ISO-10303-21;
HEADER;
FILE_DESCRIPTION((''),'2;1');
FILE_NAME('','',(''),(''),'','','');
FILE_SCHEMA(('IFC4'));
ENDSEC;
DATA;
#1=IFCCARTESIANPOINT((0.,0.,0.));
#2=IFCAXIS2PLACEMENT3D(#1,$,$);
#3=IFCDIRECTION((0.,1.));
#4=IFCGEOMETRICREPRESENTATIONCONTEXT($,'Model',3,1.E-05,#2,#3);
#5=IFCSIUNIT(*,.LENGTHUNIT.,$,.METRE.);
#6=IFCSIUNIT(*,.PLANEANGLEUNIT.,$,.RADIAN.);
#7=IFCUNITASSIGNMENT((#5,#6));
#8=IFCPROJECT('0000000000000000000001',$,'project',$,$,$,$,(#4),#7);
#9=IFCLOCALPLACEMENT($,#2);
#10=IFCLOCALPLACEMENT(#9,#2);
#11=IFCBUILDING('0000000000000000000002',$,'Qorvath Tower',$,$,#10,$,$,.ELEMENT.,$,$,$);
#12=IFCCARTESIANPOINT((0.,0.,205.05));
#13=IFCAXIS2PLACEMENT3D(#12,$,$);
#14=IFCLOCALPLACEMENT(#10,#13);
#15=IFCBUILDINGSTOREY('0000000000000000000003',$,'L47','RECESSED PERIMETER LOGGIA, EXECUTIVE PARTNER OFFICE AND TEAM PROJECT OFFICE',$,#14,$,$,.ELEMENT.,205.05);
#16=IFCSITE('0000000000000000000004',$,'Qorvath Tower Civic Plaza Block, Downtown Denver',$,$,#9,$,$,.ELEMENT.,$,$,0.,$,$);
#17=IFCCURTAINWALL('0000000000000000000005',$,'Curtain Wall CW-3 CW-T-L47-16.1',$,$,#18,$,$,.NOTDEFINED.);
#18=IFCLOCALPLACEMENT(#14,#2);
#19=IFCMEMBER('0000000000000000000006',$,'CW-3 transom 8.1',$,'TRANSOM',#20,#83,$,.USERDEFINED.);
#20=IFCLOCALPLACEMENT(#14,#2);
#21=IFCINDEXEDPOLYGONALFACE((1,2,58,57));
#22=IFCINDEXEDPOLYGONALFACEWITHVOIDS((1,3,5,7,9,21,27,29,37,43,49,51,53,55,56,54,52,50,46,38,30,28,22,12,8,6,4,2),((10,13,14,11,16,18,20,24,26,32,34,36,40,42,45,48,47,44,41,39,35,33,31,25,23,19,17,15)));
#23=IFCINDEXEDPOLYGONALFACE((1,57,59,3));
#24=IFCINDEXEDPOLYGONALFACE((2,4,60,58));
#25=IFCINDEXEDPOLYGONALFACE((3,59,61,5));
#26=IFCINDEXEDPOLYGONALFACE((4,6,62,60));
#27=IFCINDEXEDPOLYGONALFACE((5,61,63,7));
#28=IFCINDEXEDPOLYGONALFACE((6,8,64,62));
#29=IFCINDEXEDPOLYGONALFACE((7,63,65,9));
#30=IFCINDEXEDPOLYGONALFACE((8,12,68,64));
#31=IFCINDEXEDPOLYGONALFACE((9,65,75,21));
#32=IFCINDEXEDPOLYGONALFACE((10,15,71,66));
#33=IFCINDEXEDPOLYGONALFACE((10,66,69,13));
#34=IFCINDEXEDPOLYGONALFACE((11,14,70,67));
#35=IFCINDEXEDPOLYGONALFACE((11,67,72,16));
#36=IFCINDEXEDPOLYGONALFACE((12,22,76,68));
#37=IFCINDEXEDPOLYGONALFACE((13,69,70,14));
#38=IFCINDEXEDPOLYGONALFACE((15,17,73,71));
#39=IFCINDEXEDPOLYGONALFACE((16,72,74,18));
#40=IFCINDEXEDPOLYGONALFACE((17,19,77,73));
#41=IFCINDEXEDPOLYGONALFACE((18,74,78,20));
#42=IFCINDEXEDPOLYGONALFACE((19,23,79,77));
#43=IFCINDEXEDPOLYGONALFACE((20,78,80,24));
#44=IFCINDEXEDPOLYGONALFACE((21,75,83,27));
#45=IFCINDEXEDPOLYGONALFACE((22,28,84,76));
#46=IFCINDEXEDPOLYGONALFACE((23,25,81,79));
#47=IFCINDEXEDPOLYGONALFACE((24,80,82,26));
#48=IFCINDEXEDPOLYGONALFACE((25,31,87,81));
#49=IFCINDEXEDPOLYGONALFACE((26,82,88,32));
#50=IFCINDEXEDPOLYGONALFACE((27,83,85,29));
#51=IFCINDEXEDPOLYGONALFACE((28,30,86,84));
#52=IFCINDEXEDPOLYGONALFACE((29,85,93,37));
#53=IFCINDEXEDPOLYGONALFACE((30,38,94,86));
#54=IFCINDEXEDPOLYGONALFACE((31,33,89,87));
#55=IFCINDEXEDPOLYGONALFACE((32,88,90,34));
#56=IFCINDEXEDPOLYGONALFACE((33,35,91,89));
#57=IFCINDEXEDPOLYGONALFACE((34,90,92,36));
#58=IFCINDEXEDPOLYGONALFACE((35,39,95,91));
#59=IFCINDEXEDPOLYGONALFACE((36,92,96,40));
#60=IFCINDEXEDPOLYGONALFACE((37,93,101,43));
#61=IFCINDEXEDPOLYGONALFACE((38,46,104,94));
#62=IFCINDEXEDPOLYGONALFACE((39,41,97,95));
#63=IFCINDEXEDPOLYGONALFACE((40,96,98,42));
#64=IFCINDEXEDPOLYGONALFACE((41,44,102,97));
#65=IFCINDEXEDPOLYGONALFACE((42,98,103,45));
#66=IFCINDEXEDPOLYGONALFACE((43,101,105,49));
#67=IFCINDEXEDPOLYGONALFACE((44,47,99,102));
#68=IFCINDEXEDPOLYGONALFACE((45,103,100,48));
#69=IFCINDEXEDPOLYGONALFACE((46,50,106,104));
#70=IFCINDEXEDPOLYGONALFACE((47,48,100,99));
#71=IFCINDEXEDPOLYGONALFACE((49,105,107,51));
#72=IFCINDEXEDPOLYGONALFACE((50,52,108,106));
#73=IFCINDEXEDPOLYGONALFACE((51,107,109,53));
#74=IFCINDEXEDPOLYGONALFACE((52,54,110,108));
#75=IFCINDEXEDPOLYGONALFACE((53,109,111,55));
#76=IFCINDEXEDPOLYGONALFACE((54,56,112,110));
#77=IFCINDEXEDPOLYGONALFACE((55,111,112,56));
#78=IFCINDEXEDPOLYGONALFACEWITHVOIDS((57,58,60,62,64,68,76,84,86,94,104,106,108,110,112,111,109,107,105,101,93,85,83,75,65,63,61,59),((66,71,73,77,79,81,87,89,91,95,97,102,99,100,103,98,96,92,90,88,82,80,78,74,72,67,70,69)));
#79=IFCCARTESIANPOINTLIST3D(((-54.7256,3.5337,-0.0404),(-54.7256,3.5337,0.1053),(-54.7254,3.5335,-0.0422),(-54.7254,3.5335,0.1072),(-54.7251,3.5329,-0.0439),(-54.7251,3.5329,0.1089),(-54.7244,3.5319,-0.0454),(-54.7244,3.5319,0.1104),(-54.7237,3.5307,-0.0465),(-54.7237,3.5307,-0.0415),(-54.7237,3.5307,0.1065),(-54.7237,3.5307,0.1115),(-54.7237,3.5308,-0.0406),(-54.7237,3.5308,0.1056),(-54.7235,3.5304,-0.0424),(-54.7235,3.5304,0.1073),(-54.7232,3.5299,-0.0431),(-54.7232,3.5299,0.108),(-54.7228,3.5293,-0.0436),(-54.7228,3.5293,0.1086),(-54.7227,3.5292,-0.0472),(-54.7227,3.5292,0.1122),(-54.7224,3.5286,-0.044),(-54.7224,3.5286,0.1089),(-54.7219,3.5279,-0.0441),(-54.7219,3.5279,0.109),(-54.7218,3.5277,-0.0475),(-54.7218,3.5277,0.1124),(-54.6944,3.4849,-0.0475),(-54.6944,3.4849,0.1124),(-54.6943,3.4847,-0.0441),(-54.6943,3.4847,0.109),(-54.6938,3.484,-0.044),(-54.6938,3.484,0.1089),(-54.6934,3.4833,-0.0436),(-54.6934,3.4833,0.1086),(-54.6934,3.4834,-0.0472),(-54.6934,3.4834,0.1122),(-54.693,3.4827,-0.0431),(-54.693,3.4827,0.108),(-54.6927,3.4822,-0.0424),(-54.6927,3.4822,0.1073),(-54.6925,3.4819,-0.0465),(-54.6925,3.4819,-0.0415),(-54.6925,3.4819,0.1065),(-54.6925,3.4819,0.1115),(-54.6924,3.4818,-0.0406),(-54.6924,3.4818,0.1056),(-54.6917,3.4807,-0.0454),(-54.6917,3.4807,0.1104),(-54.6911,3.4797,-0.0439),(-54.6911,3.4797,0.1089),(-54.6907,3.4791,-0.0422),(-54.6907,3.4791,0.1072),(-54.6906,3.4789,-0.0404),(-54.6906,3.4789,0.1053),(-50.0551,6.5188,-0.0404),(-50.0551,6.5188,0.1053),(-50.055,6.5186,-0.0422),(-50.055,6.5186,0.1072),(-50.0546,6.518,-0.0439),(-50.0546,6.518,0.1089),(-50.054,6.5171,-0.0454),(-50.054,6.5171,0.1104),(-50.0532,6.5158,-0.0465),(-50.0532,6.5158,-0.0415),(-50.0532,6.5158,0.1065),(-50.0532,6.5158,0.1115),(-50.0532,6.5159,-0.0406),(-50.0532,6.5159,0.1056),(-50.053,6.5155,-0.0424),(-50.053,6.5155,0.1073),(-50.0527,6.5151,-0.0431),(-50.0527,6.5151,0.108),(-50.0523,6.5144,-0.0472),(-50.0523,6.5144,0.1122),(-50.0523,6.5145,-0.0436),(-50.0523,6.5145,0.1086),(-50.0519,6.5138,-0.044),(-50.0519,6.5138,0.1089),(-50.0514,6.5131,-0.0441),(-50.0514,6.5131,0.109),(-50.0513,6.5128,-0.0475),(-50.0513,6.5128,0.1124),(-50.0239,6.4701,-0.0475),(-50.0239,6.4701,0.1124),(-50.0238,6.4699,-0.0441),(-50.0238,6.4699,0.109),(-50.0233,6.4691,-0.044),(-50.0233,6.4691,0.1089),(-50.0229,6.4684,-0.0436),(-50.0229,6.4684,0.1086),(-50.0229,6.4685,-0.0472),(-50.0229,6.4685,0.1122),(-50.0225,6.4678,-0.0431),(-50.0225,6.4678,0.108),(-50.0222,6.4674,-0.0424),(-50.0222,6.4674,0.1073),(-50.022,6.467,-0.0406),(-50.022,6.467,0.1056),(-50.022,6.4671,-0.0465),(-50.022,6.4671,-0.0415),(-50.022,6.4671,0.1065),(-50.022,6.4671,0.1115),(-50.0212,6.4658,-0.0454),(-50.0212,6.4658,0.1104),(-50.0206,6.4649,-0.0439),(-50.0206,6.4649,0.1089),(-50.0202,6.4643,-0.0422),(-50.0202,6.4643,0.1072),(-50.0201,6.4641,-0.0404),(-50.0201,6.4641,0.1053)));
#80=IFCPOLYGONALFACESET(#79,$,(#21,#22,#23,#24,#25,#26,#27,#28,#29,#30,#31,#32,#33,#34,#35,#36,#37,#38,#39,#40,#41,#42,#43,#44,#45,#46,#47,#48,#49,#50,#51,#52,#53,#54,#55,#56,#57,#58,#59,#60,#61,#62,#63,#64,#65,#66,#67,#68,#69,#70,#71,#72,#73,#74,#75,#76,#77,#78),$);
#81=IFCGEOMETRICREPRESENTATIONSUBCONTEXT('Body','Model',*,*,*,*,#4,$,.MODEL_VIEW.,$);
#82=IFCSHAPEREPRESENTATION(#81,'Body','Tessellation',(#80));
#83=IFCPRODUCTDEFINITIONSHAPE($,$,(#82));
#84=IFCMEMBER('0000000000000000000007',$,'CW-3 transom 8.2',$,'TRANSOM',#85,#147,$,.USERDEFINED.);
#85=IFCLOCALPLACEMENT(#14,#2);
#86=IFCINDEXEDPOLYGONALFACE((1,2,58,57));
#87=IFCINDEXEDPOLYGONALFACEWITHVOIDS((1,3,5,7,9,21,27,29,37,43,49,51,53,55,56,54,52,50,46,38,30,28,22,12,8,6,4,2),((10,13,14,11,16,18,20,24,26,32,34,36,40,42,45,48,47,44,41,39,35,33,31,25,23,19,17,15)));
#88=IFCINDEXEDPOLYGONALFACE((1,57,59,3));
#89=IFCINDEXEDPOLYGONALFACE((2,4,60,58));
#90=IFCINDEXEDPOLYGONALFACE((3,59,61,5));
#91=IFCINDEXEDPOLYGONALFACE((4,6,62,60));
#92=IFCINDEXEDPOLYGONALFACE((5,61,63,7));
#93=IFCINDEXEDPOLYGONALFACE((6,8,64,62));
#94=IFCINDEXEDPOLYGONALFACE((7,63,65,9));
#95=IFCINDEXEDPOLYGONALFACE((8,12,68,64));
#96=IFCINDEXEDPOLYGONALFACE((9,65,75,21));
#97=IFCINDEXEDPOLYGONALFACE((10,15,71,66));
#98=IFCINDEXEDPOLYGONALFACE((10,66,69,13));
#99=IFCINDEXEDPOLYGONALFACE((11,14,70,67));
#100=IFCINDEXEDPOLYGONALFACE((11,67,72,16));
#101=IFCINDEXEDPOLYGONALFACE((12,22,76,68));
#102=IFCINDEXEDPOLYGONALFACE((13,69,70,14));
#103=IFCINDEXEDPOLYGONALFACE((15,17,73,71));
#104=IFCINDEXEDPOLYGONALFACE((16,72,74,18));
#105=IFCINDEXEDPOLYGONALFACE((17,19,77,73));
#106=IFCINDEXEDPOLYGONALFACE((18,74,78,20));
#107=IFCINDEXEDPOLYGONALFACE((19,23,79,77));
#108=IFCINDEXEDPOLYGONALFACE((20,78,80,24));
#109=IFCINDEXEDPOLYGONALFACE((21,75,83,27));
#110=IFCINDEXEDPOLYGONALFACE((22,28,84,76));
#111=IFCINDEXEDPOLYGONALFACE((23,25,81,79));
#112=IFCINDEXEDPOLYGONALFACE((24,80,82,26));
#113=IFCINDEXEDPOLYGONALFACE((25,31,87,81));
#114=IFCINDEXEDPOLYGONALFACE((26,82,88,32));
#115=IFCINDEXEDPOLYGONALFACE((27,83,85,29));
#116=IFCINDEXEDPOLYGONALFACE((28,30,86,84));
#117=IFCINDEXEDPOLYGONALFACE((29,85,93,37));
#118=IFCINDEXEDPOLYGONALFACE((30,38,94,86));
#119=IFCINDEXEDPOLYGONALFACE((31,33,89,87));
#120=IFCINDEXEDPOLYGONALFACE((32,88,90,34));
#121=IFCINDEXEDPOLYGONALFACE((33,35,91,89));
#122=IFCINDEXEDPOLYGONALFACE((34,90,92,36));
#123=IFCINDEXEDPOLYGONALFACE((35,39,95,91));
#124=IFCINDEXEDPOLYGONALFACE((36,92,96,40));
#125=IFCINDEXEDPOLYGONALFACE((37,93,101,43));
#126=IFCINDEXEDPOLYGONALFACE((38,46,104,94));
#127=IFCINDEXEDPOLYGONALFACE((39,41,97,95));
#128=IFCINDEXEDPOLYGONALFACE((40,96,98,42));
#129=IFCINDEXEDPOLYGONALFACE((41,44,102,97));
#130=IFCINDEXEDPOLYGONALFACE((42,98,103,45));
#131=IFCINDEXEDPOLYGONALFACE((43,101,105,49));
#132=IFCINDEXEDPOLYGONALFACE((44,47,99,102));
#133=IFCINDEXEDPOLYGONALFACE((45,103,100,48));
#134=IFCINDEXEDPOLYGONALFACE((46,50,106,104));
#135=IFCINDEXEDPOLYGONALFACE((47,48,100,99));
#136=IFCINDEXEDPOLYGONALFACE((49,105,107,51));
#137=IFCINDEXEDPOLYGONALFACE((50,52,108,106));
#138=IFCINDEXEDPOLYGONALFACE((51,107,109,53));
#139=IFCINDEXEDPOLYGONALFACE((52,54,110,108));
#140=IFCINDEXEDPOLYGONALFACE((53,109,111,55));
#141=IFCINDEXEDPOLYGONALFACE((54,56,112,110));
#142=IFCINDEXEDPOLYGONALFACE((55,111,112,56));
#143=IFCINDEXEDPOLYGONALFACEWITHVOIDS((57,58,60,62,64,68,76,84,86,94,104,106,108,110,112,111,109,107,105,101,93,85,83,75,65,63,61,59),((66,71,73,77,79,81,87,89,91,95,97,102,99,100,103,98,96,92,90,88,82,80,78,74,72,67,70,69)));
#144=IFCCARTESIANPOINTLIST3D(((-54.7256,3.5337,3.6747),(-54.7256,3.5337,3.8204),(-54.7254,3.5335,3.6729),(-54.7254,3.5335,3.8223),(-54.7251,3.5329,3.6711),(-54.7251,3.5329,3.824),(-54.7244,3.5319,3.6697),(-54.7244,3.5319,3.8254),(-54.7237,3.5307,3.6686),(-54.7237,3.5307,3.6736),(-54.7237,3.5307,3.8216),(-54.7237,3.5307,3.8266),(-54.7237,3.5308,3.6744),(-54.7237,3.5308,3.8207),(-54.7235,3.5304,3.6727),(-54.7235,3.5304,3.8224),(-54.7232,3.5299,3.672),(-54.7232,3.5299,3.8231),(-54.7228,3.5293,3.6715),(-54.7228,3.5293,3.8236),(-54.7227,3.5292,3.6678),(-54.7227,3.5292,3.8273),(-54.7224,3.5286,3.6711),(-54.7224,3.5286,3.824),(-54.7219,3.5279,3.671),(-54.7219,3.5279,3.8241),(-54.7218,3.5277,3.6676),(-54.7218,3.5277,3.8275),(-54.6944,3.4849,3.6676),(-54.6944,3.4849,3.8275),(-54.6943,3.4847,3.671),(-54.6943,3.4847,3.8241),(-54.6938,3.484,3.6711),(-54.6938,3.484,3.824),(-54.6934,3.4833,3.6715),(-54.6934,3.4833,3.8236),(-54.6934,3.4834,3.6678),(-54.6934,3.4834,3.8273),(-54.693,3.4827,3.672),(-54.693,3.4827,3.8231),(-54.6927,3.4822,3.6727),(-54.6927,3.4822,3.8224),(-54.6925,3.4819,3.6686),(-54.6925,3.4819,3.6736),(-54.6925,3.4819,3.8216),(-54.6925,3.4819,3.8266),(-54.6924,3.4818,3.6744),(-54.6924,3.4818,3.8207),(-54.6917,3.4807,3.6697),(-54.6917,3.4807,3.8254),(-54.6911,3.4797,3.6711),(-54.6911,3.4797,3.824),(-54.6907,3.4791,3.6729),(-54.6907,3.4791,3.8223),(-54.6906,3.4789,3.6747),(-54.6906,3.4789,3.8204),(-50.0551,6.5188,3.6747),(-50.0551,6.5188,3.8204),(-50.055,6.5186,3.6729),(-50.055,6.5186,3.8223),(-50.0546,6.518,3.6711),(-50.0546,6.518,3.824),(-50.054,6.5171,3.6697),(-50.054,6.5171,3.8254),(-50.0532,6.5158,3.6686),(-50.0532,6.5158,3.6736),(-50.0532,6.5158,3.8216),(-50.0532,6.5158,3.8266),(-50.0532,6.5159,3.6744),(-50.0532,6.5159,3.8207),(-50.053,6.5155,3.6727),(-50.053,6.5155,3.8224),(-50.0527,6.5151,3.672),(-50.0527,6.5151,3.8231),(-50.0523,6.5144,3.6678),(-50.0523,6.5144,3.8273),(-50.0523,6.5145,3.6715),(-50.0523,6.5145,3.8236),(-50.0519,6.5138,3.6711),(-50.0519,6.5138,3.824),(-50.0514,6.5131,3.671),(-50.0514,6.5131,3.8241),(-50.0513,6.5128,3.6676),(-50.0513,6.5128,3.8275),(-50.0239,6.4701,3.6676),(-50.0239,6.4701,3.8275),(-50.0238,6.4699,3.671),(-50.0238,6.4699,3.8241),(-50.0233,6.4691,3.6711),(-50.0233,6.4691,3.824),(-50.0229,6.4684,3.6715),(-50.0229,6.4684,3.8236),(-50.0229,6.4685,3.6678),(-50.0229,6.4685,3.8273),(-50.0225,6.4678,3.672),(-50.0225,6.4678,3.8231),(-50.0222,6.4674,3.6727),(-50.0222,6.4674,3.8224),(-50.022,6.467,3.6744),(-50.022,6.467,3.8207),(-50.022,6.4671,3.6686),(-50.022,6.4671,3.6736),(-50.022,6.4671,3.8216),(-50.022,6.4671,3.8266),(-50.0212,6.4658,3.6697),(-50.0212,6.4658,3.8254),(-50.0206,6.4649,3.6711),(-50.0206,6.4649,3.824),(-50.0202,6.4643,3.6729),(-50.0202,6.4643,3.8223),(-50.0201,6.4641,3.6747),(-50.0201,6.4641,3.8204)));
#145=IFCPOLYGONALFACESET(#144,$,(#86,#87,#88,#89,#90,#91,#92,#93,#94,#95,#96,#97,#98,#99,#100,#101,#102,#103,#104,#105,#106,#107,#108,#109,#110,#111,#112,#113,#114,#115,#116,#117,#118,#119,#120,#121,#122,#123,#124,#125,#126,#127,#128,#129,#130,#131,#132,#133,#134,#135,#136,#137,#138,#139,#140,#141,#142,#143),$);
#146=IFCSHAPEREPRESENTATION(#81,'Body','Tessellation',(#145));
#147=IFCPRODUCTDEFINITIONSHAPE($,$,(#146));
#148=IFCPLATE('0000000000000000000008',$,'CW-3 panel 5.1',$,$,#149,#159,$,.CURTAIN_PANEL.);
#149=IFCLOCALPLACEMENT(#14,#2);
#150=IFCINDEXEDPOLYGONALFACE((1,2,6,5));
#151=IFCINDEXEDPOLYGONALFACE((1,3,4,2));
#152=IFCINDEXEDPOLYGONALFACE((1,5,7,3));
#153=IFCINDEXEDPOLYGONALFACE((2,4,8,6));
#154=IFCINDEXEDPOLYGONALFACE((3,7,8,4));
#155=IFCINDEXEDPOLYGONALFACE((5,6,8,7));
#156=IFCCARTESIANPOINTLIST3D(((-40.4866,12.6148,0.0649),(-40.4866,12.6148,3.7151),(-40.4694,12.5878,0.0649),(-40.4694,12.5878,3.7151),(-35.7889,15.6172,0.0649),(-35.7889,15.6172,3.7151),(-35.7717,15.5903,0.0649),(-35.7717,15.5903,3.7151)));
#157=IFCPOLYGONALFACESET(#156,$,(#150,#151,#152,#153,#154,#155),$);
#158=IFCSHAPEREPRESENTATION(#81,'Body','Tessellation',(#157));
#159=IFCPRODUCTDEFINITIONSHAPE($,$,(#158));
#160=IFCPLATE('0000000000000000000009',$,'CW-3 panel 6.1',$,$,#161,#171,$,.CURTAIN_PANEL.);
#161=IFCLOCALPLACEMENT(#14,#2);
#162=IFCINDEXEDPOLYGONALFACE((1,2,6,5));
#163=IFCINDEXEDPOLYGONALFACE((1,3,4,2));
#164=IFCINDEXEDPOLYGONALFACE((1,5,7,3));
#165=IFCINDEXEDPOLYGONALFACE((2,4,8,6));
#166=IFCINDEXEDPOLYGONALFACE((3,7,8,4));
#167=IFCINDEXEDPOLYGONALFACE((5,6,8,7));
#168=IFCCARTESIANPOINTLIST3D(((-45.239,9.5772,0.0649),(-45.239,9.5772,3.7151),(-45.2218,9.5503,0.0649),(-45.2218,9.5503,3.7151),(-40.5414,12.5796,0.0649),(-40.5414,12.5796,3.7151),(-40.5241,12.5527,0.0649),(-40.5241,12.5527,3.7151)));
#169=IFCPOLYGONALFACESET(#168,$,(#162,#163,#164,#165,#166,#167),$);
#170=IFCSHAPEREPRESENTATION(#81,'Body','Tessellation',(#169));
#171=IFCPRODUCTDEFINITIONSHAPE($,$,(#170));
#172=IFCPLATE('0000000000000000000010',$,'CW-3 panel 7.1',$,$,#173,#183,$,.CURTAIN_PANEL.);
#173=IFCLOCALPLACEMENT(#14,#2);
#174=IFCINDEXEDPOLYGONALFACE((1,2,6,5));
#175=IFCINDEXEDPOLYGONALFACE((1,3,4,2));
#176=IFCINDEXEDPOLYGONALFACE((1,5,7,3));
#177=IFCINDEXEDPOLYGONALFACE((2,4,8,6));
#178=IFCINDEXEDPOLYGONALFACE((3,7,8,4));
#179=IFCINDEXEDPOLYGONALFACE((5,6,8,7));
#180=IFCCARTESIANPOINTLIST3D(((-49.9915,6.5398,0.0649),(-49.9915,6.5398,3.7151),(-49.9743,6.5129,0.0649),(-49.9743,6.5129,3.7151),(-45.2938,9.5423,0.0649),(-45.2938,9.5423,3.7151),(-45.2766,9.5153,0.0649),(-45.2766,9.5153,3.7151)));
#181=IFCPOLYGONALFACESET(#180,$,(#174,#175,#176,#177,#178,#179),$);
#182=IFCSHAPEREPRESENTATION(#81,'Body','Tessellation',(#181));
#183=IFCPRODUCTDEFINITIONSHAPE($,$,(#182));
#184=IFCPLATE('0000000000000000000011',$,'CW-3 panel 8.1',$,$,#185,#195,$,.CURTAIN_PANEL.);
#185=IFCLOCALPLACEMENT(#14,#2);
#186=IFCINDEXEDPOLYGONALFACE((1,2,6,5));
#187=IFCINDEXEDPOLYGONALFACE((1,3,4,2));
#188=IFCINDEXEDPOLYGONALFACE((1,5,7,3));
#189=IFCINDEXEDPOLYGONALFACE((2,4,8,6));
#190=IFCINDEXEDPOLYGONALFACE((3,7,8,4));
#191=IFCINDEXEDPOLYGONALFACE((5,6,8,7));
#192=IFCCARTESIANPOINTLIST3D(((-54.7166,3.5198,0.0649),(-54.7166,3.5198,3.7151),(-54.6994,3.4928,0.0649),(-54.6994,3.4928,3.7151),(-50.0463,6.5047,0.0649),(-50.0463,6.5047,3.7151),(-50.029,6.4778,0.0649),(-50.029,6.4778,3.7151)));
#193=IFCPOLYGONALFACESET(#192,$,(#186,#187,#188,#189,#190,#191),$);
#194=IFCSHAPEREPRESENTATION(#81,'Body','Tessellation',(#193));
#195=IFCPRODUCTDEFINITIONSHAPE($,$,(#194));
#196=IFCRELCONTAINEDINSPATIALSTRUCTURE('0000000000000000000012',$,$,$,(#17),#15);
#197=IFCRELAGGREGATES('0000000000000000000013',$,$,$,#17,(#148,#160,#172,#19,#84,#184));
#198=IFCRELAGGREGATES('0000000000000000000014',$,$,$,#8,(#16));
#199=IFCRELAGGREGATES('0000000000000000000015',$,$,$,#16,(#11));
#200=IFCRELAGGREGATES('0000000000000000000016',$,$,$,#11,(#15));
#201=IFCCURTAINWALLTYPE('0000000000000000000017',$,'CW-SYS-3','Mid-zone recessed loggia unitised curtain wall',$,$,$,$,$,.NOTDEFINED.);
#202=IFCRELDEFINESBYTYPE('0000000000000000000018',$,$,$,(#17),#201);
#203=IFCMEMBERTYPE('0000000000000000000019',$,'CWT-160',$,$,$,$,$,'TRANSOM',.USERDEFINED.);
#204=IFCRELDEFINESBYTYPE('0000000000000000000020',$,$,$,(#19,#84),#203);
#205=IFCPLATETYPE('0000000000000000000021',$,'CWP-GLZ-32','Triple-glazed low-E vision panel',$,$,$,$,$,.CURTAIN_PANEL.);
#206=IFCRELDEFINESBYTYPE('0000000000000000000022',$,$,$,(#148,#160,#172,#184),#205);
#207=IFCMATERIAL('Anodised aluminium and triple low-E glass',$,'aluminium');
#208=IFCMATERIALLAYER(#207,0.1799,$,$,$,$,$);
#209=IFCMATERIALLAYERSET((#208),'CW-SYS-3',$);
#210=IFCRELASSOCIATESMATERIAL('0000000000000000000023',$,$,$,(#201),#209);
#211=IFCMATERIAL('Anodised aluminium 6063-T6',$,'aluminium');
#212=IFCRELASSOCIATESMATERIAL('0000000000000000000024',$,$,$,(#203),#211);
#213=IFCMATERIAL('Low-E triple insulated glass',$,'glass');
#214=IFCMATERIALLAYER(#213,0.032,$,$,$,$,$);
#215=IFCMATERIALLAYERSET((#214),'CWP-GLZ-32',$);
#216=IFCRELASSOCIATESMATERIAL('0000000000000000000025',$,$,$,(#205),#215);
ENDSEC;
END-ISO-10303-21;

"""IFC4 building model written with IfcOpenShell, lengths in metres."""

from ifc_helpers import new_model, si_unit, direction, frame, origin, origin_2d, place, context, subcontext, project, spatial, rectangle, hollow_rectangle, extrude, material, layer, layer_set, material_profile, profile_set, type_object, element, aggregate, save


model = new_model("IFC4")

# Units and contexts
model_context = context("Model", 3, precision=1e-05, world=origin(), true_north=direction((0.0, 1.0)))
body_context = subcontext(model_context, "Body", "Model", "MODEL_VIEW")
ifc_project = project(units=[si_unit("LENGTHUNIT", "METRE"), si_unit("PLANEANGLEUNIT", "RADIAN")], contexts=[model_context])

# Site, building, storey
site_placement = place(None, origin())
site = spatial("IfcSite", under=ifc_project, at=site_placement, Name="Qorvath Tower Civic Plaza Block, Downtown Denver", CompositionType="ELEMENT", RefElevation=0.0)
building_placement = place(site_placement, origin())
building = spatial("IfcBuilding", under=site, at=building_placement, Name="Qorvath Tower", CompositionType="ELEMENT")
storey_placement = place(building_placement, frame((0.0, 0.0, 205.05)))
storey = spatial("IfcBuildingStorey", under=building, at=storey_placement, Name="L47", Description="RECESSED PERIMETER LOGGIA, EXECUTIVE PARTNER OFFICE AND TEAM PROJECT OFFICE", CompositionType="ELEMENT", Elevation=205.05)

# Curtain wall, members, plates
ifc_material_1 = material(Name="Anodised aluminium and triple low-E glass", Category="aluminium")
ifc_layer_1 = layer(ifc_material_1, 0.1799)
ifc_layer_set_1 = layer_set([ifc_layer_1], Name="CW-SYS-3")
curtain_wall_type = type_object("IfcCurtainWallType", Name="CW-SYS-3", Description="Mid-zone recessed loggia unitised curtain wall", PredefinedType="NOTDEFINED", material=ifc_layer_set_1)
curtain_wall_placement = place(storey_placement, origin())
curtain_wall = element("IfcCurtainWall", 1, at=curtain_wall_placement, inside=storey, type_object=curtain_wall_type, Name="Curtain Wall CW-3 CW-T-L47-16.1", PredefinedType="NOTDEFINED")
ifc_material_2 = material(Name="Anodised aluminium 6063-T6", Category="aluminium")
ifc_material_profile_1 = material_profile(ifc_material_2, hollow_rectangle(XDim=0.0649, YDim=0.1599, WallThickness=0.0034, InnerFilletRadius=0.0034, OuterFilletRadius=0.0071, at=origin_2d()), Name="CWT 160x65")
ifc_profile_set_1 = profile_set([ifc_material_profile_1], Name="Anodised aluminium 6063-T6")
member_type_1 = type_object("IfcMemberType", Name="CWT-160", ElementType="TRANSOM", PredefinedType="USERDEFINED", material=ifc_profile_set_1)
member_1_placement = place(storey_placement, frame((-50.0376, 6.4915, 0.0325), z_axis=(-0.842595, -0.538547, 0.0), x_axis=(0.538547, -0.842595, 0.0)))
member_1 = element("IfcMember", 2, at=member_1_placement, type_object=member_type_1, Name="CW-3 transom 8.1", ObjectType="TRANSOM", PredefinedType="USERDEFINED", context=body_context, shape_type="SweptSolid", body=[
    extrude(hollow_rectangle(XDim=0.0649, YDim=0.1599, WallThickness=0.0034, InnerFilletRadius=0.0034, OuterFilletRadius=0.0071, at=origin_2d()), origin(), (0.0, 0.0, 1.0), 5.543),
])
member_2_placement = place(storey_placement, frame((-50.0376, 6.4915, 3.7476), z_axis=(-0.842595, -0.538547, 0.0), x_axis=(0.538547, -0.842595, 0.0)))
member_2 = element("IfcMember", 3, at=member_2_placement, type_object=member_type_1, Name="CW-3 transom 8.2", ObjectType="TRANSOM", PredefinedType="USERDEFINED", context=body_context, shape_type="SweptSolid", body=[
    extrude(hollow_rectangle(XDim=0.0649, YDim=0.1599, WallThickness=0.0034, InnerFilletRadius=0.0034, OuterFilletRadius=0.0071, at=origin_2d()), origin(), (0.0, 0.0, 1.0), 5.543),
])
ifc_material_3 = material(Name="Low-E triple insulated glass", Category="glass")
ifc_layer_2 = layer(ifc_material_3, 0.032)
ifc_layer_set_2 = layer_set([ifc_layer_2], Name="CWP-GLZ-32")
plate_type = type_object("IfcPlateType", Name="CWP-GLZ-32", Description="Triple-glazed low-E vision panel", PredefinedType="CURTAIN_PANEL", material=ifc_layer_set_2)
plate_1_placement = place(storey_placement, frame((-38.1292, 14.1025, 0.0649), z_axis=(0.0, 0.0, 1.0), x_axis=(-0.842604, -0.538534, 0.0)))
plate_1 = element("IfcPlate", 4, at=plate_1_placement, type_object=plate_type, Name="CW-3 panel 5.1", PredefinedType="CURTAIN_PANEL", context=body_context, shape_type="SweptSolid", body=[
    extrude(rectangle(XDim=5.5752, YDim=0.032, at=origin_2d()), origin(), (0.0, 0.0, 1.0), 3.6501),
])
plate_2_placement = place(storey_placement, frame((-42.8816, 11.0649, 0.0649), z_axis=(0.0, 0.0, 1.0), x_axis=(-0.842604, -0.538534, 0.0)))
plate_2 = element("IfcPlate", 5, at=plate_2_placement, type_object=plate_type, Name="CW-3 panel 6.1", PredefinedType="CURTAIN_PANEL", context=body_context, shape_type="SweptSolid", body=[
    extrude(rectangle(XDim=5.5752, YDim=0.032, at=origin_2d()), origin(), (0.0, 0.0, 1.0), 3.6501),
])
plate_3_placement = place(storey_placement, frame((-47.634, 8.0276, 0.0649), z_axis=(0.0, 0.0, 1.0), x_axis=(-0.842604, -0.538534, 0.0)))
plate_3 = element("IfcPlate", 6, at=plate_3_placement, type_object=plate_type, Name="CW-3 panel 7.1", PredefinedType="CURTAIN_PANEL", context=body_context, shape_type="SweptSolid", body=[
    extrude(rectangle(XDim=5.5752, YDim=0.032, at=origin_2d()), origin(), (0.0, 0.0, 1.0), 3.6501),
])
plate_4_placement = place(storey_placement, frame((-52.3728, 4.9988, 0.0649), z_axis=(0.0, 0.0, 1.0), x_axis=(-0.842604, -0.538534, 0.0)))
plate_4 = element("IfcPlate", 7, at=plate_4_placement, type_object=plate_type, Name="CW-3 panel 8.1", PredefinedType="CURTAIN_PANEL", context=body_context, shape_type="SweptSolid", body=[
    extrude(rectangle(XDim=5.5427, YDim=0.032, at=origin_2d()), origin(), (0.0, 0.0, 1.0), 3.6501),
])
aggregate(curtain_wall, [plate_1, plate_2, plate_3, member_1, member_2, plate_4])

save(model, "model.ifc")
